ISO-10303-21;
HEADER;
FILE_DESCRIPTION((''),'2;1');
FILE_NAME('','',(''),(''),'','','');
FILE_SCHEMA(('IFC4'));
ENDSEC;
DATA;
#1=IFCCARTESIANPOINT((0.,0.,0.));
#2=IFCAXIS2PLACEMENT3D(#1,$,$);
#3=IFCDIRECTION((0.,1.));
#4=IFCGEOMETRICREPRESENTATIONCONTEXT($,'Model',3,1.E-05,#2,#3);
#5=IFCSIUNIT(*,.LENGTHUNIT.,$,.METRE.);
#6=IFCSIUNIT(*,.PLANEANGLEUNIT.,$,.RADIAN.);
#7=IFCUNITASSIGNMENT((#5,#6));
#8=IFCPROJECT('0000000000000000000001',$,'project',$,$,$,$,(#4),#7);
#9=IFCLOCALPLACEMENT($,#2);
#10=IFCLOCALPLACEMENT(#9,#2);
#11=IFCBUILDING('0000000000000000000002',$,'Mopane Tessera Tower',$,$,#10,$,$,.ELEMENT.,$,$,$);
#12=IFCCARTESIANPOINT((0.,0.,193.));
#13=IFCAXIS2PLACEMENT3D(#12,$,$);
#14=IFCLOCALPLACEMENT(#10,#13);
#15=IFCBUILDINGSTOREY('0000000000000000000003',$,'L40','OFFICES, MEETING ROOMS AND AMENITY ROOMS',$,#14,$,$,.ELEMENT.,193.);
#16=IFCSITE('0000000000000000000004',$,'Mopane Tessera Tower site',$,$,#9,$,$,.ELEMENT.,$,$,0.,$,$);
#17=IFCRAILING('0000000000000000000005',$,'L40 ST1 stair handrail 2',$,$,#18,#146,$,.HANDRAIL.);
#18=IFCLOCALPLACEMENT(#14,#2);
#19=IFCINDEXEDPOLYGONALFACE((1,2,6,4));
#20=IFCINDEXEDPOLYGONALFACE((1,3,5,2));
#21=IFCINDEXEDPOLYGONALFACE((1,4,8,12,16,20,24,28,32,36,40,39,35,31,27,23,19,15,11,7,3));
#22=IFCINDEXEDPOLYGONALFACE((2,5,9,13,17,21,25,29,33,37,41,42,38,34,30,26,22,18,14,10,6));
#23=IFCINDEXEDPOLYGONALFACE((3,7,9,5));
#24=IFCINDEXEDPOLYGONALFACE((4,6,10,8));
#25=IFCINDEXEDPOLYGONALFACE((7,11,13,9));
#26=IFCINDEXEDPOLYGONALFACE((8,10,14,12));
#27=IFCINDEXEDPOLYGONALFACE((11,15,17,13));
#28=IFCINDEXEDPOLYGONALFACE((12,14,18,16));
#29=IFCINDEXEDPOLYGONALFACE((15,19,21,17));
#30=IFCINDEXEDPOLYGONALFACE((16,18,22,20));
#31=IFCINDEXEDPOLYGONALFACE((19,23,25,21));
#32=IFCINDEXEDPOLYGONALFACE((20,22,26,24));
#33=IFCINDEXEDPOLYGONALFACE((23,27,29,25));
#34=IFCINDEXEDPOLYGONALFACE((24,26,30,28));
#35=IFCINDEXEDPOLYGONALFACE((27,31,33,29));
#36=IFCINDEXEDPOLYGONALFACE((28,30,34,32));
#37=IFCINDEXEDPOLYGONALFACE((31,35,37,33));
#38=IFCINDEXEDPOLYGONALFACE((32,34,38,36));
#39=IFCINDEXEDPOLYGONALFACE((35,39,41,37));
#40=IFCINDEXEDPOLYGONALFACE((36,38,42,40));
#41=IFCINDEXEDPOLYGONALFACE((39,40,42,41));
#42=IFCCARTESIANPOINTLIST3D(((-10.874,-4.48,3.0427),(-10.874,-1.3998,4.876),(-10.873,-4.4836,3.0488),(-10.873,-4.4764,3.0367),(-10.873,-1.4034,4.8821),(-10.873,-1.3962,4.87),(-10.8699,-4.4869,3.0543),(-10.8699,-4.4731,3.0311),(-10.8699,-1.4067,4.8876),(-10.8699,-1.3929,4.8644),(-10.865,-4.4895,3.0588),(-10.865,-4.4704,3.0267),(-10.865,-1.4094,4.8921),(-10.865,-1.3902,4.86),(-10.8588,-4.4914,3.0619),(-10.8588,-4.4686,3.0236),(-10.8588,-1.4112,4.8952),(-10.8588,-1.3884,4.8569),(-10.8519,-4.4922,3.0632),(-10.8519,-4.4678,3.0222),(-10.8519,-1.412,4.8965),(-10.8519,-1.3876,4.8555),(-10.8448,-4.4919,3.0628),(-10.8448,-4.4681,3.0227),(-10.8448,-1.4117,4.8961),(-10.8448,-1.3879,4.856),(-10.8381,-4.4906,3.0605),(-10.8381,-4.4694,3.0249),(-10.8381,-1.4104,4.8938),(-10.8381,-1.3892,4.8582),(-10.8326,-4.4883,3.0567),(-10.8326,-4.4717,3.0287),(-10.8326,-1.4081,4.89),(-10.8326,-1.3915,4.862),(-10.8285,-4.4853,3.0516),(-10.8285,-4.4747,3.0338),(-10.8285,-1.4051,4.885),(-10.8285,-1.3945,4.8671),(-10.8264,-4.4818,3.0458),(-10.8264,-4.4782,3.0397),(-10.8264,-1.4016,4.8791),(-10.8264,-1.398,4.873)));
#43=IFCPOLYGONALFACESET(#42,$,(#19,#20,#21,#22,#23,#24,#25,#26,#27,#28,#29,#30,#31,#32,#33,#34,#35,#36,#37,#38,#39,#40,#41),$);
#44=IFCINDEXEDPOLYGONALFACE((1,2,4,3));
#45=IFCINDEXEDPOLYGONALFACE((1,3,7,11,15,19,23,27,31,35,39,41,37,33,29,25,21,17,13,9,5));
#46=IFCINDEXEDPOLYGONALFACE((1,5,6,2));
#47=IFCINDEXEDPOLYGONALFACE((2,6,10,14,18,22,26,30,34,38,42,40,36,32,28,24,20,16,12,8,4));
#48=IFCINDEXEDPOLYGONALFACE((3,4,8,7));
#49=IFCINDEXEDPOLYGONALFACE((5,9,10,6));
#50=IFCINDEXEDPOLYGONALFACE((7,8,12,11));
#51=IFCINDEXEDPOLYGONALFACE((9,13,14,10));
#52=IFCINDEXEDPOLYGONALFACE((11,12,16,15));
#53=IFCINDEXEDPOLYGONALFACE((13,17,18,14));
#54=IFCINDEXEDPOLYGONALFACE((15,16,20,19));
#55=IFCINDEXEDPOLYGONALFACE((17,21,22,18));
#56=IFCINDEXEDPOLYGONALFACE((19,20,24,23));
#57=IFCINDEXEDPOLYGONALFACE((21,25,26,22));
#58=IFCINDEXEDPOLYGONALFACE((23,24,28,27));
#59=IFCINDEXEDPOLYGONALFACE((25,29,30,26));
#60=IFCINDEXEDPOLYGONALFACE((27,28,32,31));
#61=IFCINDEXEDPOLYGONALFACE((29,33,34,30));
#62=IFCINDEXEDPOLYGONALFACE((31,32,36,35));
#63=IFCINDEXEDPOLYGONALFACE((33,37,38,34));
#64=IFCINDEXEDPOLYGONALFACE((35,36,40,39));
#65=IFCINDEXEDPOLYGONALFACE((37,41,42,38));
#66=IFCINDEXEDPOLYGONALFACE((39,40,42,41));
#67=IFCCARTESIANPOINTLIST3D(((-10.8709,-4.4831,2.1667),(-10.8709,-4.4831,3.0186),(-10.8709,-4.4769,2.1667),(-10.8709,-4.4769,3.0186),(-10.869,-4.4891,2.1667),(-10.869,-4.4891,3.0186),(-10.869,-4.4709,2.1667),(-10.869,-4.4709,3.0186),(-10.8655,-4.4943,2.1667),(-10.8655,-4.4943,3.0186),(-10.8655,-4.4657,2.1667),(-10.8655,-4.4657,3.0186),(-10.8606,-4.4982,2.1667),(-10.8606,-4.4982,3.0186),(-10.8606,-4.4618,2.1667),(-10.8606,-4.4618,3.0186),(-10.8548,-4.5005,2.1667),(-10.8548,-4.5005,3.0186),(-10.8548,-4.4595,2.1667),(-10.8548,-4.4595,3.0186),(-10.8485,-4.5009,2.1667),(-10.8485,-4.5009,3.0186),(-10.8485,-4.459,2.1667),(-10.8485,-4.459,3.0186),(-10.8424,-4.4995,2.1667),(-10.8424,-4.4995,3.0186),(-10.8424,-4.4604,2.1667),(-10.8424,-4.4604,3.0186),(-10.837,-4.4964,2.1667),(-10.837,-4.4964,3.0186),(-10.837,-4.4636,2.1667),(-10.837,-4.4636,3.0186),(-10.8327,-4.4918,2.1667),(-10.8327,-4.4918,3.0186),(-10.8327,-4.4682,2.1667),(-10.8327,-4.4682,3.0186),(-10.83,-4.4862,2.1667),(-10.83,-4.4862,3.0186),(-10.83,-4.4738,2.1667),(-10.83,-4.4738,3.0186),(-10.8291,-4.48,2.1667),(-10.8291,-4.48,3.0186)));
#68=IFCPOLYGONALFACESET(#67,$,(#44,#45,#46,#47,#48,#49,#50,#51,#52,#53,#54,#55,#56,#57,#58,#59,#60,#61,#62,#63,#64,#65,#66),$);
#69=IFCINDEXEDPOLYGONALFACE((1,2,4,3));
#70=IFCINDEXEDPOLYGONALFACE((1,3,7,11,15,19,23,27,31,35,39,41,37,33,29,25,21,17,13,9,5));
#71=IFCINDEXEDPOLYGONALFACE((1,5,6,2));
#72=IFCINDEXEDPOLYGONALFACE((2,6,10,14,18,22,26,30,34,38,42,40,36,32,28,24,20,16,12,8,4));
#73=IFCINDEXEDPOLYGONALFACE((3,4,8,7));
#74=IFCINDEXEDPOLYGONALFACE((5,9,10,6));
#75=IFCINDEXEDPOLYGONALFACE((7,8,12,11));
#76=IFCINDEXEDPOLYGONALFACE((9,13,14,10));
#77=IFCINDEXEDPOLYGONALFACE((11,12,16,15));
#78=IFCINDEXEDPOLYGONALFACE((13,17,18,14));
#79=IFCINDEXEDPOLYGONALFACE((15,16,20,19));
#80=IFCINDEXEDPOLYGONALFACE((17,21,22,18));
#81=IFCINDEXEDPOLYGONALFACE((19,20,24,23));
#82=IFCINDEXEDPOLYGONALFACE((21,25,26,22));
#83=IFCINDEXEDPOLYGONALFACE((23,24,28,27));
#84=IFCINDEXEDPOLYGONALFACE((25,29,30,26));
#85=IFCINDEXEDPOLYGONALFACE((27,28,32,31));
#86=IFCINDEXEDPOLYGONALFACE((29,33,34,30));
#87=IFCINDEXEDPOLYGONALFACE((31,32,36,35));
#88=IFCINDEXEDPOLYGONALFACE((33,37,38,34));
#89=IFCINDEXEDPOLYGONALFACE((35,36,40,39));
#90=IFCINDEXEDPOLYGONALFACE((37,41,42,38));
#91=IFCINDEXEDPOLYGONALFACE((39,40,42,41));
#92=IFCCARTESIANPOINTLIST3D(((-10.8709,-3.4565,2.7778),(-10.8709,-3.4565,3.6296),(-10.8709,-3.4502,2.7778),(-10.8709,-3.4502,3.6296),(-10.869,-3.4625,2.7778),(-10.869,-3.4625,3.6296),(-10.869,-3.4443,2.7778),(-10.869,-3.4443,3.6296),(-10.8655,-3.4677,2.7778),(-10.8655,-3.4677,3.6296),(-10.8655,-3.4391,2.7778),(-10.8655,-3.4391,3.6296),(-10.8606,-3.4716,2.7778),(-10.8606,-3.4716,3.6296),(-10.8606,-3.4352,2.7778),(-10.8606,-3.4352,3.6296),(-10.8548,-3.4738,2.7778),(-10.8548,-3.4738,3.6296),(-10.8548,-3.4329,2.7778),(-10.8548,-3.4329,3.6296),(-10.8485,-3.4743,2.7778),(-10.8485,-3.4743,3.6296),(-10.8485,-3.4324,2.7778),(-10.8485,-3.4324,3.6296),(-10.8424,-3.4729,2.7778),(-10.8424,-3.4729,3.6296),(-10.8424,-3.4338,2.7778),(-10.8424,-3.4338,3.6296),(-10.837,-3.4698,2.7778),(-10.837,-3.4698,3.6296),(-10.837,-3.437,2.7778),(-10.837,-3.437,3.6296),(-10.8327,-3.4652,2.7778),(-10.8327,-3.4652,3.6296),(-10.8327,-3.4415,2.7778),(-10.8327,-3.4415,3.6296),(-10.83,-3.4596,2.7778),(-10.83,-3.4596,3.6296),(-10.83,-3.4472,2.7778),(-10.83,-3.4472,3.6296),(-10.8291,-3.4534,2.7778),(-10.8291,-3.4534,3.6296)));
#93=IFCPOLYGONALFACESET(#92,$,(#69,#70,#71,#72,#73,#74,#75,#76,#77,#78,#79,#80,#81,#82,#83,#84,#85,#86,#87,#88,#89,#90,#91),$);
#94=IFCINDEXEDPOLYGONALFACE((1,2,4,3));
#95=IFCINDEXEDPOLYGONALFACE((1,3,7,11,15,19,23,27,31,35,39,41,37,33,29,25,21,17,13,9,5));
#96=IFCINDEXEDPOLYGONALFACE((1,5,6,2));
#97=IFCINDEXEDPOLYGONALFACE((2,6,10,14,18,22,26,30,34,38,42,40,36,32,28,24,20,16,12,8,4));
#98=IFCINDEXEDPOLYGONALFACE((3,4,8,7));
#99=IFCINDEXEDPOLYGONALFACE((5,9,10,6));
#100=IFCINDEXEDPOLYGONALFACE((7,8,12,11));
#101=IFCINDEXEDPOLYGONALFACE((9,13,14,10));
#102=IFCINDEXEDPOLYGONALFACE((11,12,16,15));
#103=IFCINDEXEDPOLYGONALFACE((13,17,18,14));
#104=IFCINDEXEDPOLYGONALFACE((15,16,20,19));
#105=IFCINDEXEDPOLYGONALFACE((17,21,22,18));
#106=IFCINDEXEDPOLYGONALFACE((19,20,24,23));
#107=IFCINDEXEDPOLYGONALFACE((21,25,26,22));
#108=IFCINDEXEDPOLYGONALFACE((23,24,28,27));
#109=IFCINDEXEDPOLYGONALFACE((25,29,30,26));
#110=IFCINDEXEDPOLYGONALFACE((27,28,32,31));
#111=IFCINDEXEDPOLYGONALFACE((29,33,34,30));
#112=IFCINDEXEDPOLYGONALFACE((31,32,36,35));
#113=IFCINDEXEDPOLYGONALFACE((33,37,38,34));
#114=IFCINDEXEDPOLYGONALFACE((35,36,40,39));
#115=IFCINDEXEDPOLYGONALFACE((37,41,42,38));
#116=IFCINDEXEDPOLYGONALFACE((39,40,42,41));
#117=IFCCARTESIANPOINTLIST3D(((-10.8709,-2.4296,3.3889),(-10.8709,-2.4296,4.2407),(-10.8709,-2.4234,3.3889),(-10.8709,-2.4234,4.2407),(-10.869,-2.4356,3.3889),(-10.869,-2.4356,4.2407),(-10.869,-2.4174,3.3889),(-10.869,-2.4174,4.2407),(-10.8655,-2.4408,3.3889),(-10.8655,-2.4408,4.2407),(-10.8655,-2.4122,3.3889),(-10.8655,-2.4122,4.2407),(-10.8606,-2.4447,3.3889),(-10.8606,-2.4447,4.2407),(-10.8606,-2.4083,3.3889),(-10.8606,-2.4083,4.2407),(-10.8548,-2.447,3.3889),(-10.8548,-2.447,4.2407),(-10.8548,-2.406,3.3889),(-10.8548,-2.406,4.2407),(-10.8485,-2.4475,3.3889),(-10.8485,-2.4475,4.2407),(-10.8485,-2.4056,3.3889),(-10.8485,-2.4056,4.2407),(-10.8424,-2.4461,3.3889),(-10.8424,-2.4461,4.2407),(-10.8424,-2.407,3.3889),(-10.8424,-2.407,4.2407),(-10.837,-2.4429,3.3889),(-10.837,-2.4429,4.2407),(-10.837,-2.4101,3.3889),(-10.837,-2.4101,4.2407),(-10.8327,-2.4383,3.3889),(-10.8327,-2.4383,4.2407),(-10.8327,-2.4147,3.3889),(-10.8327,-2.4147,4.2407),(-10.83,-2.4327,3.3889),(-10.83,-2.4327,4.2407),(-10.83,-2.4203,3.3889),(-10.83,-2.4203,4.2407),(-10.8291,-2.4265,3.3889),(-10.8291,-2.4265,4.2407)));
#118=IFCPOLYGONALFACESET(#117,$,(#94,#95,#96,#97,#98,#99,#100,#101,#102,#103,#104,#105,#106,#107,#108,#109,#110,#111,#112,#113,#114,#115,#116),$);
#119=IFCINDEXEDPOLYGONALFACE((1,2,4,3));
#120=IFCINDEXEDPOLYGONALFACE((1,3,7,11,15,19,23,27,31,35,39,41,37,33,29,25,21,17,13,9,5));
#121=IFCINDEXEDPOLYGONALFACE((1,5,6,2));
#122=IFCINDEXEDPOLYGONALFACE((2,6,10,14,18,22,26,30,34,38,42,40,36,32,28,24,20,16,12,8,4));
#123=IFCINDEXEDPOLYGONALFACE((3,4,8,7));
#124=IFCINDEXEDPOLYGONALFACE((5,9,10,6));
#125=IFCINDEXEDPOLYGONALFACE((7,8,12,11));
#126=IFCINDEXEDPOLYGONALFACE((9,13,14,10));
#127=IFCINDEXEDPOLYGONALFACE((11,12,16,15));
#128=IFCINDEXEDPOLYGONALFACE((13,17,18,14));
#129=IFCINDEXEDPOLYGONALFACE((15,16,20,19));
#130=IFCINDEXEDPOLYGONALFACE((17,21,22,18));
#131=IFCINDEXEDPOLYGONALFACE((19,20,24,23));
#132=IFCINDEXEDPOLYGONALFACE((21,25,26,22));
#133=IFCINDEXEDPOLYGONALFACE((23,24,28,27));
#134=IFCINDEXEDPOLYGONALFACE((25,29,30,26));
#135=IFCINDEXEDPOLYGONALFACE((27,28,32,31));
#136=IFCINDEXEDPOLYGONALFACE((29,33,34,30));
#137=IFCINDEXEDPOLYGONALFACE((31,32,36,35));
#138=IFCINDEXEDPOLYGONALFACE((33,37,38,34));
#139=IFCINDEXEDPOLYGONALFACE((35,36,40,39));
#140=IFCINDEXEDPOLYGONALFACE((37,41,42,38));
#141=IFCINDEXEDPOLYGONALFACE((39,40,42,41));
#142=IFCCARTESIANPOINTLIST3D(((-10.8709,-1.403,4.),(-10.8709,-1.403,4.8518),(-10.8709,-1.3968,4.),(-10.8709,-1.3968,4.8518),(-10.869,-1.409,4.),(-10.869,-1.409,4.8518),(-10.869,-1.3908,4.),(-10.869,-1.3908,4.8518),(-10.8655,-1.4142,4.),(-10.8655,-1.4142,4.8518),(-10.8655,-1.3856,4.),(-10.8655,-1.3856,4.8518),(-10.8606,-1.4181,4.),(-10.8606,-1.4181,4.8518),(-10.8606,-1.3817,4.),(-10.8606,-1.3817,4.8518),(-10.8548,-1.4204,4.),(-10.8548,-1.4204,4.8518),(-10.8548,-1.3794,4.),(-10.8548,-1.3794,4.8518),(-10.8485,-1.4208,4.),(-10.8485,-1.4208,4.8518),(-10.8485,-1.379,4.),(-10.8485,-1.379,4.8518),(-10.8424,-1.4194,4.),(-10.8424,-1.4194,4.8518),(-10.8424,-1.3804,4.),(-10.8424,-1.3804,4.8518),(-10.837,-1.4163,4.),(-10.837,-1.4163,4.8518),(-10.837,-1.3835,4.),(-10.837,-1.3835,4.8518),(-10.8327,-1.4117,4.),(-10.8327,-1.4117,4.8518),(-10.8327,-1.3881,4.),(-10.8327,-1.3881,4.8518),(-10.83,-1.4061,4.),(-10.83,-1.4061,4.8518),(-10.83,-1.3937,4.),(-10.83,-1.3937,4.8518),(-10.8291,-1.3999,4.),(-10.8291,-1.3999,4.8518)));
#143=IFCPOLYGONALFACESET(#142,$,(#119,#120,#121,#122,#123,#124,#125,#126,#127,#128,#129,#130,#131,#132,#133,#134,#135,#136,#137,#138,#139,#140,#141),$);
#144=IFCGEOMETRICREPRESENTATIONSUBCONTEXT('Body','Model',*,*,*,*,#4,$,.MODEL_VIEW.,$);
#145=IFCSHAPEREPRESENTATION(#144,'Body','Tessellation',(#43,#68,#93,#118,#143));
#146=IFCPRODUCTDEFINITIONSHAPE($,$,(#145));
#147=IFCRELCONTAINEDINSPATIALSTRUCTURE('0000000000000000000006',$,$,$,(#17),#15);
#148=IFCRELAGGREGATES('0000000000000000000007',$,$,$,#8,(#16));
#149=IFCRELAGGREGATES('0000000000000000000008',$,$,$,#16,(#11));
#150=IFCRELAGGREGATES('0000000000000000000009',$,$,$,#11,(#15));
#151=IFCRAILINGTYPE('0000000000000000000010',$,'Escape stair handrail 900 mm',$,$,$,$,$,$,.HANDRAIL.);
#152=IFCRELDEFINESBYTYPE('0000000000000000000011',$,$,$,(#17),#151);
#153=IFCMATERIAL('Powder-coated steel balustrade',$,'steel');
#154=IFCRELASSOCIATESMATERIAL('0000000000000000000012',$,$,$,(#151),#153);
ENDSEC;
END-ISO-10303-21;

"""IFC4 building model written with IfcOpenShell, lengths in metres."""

from ifc_helpers import new_model, si_unit, direction, frame, origin, origin_2d, place, context, subcontext, project, spatial, circle, extrude, material, type_object, element, save


model = new_model("IFC4")

# Units and contexts
model_context = context("Model", 3, precision=1e-05, world=origin(), true_north=direction((0.0, 1.0)))
body_context = subcontext(model_context, "Body", "Model", "MODEL_VIEW")
ifc_project = project(units=[si_unit("LENGTHUNIT", "METRE"), si_unit("PLANEANGLEUNIT", "RADIAN")], contexts=[model_context])

# Site, building, storey
site_placement = place(None, origin())
site = spatial("IfcSite", under=ifc_project, at=site_placement, Name="Mopane Tessera Tower site", CompositionType="ELEMENT", RefElevation=0.0)
building_placement = place(site_placement, origin())
building = spatial("IfcBuilding", under=site, at=building_placement, Name="Mopane Tessera Tower", CompositionType="ELEMENT")
storey_placement = place(building_placement, frame((0.0, 0.0, 193.0)))
storey = spatial("IfcBuildingStorey", under=building, at=storey_placement, Name="L40", Description="OFFICES, MEETING ROOMS AND AMENITY ROOMS", CompositionType="ELEMENT", Elevation=193.0)

# Railing
ifc_material_1 = material(Name="Powder-coated steel balustrade", Category="steel")
railing_type_1 = type_object("IfcRailingType", Name="Escape stair handrail 900 mm", PredefinedType="HANDRAIL", material=ifc_material_1)
railing_1_placement = place(storey_placement, frame((-10.8501, -4.48, 2.1667)))
element("IfcRailing", 1, at=railing_1_placement, inside=storey, type_object=railing_type_1, Name="L40 ST1 stair handrail 2", PredefinedType="HANDRAIL", context=body_context, shape_type="SweptSolid", body=[
    extrude(circle(Radius=0.0239, at=origin_2d()), frame((0.0, 0.0, 0.876), z_axis=(0.0, 0.859309, 0.511458), x_axis=(-1.0, 0.0, 0.0)), (0.0, 0.0, 1.0), 3.5845),
    extrude(circle(Radius=0.021, at=origin_2d()), origin(), (0.0, 0.0, 1.0), 0.8518),
    extrude(circle(Radius=0.021, at=origin_2d()), frame((0.0, 1.0266, 0.6111)), (0.0, 0.0, 1.0), 0.8518),
    extrude(circle(Radius=0.021, at=origin_2d()), frame((0.0, 2.0535, 1.2222)), (0.0, 0.0, 1.0), 0.8518),
    extrude(circle(Radius=0.021, at=origin_2d()), frame((0.0, 3.0801, 1.8333)), (0.0, 0.0, 1.0), 0.8518),
])

save(model, "model.ifc")
